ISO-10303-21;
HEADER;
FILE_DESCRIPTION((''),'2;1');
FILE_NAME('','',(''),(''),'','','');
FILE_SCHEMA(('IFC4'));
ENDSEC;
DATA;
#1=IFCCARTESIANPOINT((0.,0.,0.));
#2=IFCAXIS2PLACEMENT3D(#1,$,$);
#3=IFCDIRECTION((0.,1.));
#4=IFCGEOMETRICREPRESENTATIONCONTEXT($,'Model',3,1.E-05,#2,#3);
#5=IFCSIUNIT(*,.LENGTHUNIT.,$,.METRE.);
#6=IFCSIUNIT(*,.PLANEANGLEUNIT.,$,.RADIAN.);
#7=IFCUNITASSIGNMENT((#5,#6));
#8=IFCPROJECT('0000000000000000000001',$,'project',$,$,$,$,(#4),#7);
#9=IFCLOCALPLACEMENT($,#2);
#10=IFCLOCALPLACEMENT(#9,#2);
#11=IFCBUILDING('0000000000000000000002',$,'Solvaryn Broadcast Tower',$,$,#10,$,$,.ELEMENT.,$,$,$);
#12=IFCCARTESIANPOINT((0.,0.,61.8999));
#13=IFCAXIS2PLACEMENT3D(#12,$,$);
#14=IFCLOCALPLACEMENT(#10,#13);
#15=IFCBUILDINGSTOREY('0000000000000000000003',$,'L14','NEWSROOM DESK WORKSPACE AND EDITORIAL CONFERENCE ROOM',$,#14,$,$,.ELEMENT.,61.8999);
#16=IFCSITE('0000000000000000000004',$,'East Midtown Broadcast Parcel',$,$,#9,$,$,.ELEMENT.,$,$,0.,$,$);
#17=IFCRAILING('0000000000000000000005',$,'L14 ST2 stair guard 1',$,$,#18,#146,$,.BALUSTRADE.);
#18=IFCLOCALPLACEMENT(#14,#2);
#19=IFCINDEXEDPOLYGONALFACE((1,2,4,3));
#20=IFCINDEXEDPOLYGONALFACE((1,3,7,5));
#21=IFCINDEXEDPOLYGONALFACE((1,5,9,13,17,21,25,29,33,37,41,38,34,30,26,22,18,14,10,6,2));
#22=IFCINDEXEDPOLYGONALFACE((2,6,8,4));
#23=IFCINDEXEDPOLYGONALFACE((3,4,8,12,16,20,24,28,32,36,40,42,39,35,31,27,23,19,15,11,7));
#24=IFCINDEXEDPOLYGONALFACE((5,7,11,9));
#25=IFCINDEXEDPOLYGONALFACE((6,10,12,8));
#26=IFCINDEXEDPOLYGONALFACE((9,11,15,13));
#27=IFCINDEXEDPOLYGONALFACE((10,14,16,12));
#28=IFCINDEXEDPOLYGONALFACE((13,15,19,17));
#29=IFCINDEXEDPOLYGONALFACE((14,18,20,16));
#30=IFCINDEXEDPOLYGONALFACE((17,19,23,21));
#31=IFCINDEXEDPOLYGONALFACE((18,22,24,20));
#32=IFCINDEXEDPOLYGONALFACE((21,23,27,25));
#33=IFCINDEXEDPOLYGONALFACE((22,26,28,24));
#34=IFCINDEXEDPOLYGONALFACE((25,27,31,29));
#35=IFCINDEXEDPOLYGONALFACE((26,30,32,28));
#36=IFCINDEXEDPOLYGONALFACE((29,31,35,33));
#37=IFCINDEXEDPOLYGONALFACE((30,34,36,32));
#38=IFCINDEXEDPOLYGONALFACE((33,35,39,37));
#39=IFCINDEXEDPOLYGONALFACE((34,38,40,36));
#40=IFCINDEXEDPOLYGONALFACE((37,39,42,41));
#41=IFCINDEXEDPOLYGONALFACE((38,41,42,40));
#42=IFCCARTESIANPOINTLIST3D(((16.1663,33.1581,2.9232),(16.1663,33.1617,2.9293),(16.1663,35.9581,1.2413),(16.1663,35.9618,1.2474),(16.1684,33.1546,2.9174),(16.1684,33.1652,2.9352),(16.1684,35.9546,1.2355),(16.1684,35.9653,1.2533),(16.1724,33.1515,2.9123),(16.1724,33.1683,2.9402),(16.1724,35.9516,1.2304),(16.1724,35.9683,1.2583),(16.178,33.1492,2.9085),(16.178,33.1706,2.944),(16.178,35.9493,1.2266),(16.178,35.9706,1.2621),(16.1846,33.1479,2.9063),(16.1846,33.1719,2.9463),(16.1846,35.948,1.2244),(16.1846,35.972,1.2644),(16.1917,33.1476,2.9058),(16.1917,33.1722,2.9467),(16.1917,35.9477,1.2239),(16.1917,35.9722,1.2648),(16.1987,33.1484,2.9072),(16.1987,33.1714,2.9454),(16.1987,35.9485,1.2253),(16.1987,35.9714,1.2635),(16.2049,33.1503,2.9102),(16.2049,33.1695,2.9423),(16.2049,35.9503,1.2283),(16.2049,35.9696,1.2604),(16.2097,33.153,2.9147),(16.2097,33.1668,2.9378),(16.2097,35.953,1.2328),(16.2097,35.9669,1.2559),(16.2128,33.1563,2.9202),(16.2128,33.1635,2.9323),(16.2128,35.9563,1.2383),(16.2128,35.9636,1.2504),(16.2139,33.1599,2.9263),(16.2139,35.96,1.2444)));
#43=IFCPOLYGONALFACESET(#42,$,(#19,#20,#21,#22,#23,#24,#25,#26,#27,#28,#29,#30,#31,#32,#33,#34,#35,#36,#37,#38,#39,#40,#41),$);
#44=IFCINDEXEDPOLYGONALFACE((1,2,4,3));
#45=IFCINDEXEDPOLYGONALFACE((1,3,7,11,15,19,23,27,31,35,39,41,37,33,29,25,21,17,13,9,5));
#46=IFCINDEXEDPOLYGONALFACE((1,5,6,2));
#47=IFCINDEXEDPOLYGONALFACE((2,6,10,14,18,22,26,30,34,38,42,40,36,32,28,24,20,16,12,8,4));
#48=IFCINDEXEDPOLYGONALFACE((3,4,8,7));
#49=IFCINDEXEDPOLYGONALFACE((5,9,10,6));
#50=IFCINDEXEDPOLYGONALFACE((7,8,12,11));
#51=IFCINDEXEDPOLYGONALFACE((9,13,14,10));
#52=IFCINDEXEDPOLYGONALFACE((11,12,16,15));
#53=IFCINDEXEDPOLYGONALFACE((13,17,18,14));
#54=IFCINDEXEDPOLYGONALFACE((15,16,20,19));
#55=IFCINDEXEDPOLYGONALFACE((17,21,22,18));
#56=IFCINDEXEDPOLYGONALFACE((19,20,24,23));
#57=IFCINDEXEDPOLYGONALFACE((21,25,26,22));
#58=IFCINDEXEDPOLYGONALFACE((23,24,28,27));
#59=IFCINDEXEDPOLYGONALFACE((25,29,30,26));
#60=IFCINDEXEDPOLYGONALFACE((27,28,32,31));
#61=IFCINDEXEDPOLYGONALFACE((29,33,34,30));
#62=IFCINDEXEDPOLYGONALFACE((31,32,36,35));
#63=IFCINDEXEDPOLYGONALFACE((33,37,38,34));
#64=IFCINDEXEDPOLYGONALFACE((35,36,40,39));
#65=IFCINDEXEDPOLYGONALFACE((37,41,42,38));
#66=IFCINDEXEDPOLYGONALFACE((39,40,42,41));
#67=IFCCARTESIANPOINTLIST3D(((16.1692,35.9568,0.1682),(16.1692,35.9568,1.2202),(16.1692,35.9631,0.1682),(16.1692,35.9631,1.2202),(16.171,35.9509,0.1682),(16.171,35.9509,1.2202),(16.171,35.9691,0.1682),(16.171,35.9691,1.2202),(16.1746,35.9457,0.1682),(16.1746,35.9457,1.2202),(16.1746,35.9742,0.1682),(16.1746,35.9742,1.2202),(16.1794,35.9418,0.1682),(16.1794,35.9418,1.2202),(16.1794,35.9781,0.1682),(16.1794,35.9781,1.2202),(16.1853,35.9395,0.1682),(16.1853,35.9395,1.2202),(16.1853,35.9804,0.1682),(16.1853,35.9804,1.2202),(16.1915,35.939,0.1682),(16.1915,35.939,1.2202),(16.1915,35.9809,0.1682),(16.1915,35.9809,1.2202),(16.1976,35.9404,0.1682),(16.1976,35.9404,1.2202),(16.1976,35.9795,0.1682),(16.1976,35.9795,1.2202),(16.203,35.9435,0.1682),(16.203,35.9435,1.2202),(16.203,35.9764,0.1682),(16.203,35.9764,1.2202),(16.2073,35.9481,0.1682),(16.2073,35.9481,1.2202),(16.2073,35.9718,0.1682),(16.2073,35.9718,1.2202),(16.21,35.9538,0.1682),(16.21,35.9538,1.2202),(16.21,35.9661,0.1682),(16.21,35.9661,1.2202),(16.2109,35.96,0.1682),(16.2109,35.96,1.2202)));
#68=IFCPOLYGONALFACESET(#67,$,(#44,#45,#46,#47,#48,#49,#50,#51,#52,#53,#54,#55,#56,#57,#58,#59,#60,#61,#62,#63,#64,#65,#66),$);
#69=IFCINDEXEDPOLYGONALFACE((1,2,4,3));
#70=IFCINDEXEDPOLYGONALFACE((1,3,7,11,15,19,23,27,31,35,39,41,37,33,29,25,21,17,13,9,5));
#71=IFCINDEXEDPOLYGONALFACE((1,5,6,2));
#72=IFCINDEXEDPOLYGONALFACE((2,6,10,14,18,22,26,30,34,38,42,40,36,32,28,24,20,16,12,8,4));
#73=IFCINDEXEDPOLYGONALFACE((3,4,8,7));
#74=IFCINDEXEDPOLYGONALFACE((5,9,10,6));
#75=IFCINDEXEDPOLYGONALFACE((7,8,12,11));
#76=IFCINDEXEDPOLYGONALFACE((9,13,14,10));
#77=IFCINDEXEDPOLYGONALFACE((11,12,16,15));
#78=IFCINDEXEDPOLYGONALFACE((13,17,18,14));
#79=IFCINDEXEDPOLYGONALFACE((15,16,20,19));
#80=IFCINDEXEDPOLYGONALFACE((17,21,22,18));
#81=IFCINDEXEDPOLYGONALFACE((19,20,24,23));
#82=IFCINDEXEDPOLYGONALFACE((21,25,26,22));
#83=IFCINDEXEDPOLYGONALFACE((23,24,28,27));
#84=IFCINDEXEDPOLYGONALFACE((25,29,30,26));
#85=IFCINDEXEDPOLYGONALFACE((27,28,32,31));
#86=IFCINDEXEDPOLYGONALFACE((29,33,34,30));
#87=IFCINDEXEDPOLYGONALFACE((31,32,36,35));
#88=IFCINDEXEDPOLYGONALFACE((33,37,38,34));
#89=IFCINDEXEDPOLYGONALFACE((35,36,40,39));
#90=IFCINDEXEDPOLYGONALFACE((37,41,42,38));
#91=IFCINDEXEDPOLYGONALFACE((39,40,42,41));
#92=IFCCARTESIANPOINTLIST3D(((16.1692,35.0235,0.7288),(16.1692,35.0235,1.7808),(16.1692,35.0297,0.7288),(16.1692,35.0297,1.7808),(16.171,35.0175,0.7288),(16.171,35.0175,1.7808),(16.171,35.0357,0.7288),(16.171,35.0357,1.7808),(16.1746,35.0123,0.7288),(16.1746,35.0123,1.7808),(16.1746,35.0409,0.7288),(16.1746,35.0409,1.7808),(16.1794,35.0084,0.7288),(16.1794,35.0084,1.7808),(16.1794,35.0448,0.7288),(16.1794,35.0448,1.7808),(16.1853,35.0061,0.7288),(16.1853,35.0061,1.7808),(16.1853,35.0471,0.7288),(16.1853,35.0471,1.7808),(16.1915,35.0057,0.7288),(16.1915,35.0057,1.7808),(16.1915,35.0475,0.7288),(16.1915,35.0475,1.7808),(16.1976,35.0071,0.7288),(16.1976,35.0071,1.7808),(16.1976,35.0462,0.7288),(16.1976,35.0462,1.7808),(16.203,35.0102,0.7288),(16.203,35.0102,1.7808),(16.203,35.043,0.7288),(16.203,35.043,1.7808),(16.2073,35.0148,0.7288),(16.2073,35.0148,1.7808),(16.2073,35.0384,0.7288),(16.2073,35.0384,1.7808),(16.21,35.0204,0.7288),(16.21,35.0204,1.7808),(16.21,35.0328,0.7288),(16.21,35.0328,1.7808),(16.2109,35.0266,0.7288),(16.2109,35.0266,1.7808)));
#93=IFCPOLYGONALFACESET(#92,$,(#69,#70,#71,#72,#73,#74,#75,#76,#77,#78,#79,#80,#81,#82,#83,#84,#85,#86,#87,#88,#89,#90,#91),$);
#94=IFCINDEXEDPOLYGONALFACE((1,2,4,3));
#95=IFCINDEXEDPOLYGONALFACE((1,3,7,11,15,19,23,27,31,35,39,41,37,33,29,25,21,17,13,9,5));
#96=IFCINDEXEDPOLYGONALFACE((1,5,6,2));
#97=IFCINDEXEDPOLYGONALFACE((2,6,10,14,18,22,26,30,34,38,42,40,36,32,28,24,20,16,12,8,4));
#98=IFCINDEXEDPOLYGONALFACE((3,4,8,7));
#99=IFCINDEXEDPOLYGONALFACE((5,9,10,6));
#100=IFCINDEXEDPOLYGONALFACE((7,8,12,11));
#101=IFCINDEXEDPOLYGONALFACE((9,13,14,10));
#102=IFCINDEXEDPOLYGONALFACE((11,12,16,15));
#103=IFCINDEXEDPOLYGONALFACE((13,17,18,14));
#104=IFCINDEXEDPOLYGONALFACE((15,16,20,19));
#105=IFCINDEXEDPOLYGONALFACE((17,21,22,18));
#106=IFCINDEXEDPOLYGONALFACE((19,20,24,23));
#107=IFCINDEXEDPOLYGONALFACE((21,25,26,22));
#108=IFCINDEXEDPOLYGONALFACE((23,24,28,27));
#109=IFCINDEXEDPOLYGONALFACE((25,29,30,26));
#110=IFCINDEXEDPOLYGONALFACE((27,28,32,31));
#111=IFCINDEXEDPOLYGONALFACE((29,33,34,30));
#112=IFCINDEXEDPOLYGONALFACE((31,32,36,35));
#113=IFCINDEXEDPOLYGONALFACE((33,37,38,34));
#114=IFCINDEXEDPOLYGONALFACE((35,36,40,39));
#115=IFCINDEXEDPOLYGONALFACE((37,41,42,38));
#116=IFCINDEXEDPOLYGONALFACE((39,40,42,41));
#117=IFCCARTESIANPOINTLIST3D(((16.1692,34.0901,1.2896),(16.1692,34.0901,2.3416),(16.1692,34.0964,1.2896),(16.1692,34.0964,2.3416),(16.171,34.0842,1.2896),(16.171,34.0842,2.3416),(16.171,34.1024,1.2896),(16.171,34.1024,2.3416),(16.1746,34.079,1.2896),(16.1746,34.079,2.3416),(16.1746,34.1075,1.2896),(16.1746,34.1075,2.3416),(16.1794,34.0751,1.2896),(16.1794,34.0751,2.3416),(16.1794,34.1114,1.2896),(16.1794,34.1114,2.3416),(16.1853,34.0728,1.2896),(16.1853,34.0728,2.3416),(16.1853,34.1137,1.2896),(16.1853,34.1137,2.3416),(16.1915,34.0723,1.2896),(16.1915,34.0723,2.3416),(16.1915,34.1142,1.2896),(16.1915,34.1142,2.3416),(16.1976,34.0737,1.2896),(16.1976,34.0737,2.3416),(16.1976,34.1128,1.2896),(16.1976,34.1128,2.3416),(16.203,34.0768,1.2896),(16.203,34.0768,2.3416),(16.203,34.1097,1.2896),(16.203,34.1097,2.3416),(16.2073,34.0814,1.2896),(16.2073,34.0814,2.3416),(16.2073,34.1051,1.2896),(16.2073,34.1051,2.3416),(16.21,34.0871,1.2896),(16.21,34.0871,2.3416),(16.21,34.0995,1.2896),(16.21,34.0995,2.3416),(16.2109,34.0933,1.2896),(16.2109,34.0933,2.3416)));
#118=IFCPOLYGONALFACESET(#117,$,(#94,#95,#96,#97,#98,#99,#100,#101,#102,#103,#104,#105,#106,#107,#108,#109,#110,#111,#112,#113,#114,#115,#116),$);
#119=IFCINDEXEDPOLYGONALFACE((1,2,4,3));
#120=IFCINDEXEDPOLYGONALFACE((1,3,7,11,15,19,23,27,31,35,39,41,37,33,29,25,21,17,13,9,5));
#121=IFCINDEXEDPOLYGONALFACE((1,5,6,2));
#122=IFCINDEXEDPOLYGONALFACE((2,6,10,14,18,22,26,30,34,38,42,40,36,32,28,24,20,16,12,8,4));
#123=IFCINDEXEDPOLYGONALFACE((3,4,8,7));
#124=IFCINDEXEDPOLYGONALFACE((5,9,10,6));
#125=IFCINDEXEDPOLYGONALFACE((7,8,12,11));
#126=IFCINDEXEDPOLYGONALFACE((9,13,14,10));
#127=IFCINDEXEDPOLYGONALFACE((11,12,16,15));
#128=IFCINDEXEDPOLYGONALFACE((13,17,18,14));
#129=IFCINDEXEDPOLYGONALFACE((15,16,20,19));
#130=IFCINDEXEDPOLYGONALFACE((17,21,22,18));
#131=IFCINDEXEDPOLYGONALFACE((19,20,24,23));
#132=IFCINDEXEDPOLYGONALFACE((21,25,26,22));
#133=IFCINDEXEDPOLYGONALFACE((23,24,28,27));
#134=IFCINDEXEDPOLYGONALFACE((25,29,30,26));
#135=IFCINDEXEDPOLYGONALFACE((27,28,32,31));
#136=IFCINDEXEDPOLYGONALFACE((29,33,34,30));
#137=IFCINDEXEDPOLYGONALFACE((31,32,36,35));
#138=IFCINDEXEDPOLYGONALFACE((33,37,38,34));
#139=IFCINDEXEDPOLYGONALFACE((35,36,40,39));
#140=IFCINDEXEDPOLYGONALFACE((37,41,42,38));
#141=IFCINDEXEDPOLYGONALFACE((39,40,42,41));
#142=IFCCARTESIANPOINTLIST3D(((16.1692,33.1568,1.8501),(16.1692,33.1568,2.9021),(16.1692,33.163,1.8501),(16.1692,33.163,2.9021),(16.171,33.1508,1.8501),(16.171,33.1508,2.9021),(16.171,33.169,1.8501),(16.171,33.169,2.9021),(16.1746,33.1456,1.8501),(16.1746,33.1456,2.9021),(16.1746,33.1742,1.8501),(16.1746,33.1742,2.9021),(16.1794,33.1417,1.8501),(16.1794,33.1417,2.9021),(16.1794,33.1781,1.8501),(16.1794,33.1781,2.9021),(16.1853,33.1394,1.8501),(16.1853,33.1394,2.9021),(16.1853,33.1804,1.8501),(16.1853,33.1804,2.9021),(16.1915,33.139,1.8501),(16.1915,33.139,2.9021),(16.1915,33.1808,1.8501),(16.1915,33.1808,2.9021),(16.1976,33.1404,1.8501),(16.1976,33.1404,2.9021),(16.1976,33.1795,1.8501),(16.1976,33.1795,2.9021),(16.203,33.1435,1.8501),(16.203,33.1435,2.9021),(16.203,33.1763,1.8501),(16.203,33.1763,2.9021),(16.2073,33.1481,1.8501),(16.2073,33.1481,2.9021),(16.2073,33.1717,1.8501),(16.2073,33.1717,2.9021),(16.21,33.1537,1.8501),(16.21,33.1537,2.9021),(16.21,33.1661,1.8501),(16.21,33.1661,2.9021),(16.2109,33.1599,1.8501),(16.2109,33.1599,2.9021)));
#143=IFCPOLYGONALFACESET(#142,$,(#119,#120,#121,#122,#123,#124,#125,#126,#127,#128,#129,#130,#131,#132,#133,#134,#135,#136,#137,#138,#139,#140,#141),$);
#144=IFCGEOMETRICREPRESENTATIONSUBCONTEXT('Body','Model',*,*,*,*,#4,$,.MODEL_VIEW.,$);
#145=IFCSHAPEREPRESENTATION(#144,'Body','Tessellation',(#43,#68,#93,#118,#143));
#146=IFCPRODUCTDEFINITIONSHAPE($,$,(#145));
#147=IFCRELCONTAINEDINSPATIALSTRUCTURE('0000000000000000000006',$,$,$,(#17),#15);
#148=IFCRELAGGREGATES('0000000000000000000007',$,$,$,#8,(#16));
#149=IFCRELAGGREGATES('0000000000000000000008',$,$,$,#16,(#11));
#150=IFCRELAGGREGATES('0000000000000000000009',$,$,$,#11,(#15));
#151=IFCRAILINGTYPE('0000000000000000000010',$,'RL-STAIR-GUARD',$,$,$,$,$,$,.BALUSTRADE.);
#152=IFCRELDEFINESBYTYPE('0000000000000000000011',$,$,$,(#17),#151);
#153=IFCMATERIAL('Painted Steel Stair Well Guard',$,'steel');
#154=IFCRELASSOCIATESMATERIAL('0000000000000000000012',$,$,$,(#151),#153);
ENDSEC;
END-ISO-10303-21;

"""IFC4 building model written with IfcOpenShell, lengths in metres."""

from ifc_helpers import new_model, si_unit, direction, frame, origin, origin_2d, place, context, subcontext, project, spatial, circle, extrude, material, type_object, element, save


model = new_model("IFC4")

# Units and contexts
model_context = context("Model", 3, precision=1e-05, world=origin(), true_north=direction((0.0, 1.0)))
body_context = subcontext(model_context, "Body", "Model", "MODEL_VIEW")
ifc_project = project(units=[si_unit("LENGTHUNIT", "METRE"), si_unit("PLANEANGLEUNIT", "RADIAN")], contexts=[model_context])

# Site, building, storey
site_placement = place(None, origin())
site = spatial("IfcSite", under=ifc_project, at=site_placement, Name="East Midtown Broadcast Parcel", CompositionType="ELEMENT", RefElevation=0.0)
building_placement = place(site_placement, origin())
building = spatial("IfcBuilding", under=site, at=building_placement, Name="Solvaryn Broadcast Tower", CompositionType="ELEMENT")
storey_placement = place(building_placement, frame((0.0, 0.0, 61.8999)))
storey = spatial("IfcBuildingStorey", under=building, at=storey_placement, Name="L14", Description="NEWSROOM DESK WORKSPACE AND EDITORIAL CONFERENCE ROOM", CompositionType="ELEMENT", Elevation=61.8999)

# Railing
ifc_material_1 = material(Name="Painted Steel Stair Well Guard", Category="steel")
railing_type_1 = type_object("IfcRailingType", Name="RL-STAIR-GUARD", PredefinedType="BALUSTRADE", material=ifc_material_1)
railing_1_placement = place(storey_placement, frame((16.1899, 35.96, 0.1682)))
element("IfcRailing", 1, at=railing_1_placement, inside=storey, type_object=railing_type_1, Name="L14 ST2 stair guard 1", PredefinedType="BALUSTRADE", context=body_context, shape_type="SweptSolid", body=[
    extrude(circle(Radius=0.0239, at=origin_2d()), frame((0.0, 0.0, 1.0762), z_axis=(0.0, -0.857242, 0.514913), x_axis=(1.0, 0.0, 0.0)), (0.0, 0.0, 1.0), 3.2664),
    extrude(circle(Radius=0.021, at=origin_2d()), origin(), (0.0, 0.0, 1.0), 1.052),
    extrude(circle(Radius=0.021, at=origin_2d()), frame((0.0, -0.9333, 0.5605)), (0.0, 0.0, 1.0), 1.052),
    extrude(circle(Radius=0.021, at=origin_2d()), frame((0.0, -1.8667, 1.1213)), (0.0, 0.0, 1.0), 1.052),
    extrude(circle(Radius=0.021, at=origin_2d()), frame((0.0, -2.8, 1.6819)), (0.0, 0.0, 1.0), 1.052),
])

save(model, "model.ifc")
